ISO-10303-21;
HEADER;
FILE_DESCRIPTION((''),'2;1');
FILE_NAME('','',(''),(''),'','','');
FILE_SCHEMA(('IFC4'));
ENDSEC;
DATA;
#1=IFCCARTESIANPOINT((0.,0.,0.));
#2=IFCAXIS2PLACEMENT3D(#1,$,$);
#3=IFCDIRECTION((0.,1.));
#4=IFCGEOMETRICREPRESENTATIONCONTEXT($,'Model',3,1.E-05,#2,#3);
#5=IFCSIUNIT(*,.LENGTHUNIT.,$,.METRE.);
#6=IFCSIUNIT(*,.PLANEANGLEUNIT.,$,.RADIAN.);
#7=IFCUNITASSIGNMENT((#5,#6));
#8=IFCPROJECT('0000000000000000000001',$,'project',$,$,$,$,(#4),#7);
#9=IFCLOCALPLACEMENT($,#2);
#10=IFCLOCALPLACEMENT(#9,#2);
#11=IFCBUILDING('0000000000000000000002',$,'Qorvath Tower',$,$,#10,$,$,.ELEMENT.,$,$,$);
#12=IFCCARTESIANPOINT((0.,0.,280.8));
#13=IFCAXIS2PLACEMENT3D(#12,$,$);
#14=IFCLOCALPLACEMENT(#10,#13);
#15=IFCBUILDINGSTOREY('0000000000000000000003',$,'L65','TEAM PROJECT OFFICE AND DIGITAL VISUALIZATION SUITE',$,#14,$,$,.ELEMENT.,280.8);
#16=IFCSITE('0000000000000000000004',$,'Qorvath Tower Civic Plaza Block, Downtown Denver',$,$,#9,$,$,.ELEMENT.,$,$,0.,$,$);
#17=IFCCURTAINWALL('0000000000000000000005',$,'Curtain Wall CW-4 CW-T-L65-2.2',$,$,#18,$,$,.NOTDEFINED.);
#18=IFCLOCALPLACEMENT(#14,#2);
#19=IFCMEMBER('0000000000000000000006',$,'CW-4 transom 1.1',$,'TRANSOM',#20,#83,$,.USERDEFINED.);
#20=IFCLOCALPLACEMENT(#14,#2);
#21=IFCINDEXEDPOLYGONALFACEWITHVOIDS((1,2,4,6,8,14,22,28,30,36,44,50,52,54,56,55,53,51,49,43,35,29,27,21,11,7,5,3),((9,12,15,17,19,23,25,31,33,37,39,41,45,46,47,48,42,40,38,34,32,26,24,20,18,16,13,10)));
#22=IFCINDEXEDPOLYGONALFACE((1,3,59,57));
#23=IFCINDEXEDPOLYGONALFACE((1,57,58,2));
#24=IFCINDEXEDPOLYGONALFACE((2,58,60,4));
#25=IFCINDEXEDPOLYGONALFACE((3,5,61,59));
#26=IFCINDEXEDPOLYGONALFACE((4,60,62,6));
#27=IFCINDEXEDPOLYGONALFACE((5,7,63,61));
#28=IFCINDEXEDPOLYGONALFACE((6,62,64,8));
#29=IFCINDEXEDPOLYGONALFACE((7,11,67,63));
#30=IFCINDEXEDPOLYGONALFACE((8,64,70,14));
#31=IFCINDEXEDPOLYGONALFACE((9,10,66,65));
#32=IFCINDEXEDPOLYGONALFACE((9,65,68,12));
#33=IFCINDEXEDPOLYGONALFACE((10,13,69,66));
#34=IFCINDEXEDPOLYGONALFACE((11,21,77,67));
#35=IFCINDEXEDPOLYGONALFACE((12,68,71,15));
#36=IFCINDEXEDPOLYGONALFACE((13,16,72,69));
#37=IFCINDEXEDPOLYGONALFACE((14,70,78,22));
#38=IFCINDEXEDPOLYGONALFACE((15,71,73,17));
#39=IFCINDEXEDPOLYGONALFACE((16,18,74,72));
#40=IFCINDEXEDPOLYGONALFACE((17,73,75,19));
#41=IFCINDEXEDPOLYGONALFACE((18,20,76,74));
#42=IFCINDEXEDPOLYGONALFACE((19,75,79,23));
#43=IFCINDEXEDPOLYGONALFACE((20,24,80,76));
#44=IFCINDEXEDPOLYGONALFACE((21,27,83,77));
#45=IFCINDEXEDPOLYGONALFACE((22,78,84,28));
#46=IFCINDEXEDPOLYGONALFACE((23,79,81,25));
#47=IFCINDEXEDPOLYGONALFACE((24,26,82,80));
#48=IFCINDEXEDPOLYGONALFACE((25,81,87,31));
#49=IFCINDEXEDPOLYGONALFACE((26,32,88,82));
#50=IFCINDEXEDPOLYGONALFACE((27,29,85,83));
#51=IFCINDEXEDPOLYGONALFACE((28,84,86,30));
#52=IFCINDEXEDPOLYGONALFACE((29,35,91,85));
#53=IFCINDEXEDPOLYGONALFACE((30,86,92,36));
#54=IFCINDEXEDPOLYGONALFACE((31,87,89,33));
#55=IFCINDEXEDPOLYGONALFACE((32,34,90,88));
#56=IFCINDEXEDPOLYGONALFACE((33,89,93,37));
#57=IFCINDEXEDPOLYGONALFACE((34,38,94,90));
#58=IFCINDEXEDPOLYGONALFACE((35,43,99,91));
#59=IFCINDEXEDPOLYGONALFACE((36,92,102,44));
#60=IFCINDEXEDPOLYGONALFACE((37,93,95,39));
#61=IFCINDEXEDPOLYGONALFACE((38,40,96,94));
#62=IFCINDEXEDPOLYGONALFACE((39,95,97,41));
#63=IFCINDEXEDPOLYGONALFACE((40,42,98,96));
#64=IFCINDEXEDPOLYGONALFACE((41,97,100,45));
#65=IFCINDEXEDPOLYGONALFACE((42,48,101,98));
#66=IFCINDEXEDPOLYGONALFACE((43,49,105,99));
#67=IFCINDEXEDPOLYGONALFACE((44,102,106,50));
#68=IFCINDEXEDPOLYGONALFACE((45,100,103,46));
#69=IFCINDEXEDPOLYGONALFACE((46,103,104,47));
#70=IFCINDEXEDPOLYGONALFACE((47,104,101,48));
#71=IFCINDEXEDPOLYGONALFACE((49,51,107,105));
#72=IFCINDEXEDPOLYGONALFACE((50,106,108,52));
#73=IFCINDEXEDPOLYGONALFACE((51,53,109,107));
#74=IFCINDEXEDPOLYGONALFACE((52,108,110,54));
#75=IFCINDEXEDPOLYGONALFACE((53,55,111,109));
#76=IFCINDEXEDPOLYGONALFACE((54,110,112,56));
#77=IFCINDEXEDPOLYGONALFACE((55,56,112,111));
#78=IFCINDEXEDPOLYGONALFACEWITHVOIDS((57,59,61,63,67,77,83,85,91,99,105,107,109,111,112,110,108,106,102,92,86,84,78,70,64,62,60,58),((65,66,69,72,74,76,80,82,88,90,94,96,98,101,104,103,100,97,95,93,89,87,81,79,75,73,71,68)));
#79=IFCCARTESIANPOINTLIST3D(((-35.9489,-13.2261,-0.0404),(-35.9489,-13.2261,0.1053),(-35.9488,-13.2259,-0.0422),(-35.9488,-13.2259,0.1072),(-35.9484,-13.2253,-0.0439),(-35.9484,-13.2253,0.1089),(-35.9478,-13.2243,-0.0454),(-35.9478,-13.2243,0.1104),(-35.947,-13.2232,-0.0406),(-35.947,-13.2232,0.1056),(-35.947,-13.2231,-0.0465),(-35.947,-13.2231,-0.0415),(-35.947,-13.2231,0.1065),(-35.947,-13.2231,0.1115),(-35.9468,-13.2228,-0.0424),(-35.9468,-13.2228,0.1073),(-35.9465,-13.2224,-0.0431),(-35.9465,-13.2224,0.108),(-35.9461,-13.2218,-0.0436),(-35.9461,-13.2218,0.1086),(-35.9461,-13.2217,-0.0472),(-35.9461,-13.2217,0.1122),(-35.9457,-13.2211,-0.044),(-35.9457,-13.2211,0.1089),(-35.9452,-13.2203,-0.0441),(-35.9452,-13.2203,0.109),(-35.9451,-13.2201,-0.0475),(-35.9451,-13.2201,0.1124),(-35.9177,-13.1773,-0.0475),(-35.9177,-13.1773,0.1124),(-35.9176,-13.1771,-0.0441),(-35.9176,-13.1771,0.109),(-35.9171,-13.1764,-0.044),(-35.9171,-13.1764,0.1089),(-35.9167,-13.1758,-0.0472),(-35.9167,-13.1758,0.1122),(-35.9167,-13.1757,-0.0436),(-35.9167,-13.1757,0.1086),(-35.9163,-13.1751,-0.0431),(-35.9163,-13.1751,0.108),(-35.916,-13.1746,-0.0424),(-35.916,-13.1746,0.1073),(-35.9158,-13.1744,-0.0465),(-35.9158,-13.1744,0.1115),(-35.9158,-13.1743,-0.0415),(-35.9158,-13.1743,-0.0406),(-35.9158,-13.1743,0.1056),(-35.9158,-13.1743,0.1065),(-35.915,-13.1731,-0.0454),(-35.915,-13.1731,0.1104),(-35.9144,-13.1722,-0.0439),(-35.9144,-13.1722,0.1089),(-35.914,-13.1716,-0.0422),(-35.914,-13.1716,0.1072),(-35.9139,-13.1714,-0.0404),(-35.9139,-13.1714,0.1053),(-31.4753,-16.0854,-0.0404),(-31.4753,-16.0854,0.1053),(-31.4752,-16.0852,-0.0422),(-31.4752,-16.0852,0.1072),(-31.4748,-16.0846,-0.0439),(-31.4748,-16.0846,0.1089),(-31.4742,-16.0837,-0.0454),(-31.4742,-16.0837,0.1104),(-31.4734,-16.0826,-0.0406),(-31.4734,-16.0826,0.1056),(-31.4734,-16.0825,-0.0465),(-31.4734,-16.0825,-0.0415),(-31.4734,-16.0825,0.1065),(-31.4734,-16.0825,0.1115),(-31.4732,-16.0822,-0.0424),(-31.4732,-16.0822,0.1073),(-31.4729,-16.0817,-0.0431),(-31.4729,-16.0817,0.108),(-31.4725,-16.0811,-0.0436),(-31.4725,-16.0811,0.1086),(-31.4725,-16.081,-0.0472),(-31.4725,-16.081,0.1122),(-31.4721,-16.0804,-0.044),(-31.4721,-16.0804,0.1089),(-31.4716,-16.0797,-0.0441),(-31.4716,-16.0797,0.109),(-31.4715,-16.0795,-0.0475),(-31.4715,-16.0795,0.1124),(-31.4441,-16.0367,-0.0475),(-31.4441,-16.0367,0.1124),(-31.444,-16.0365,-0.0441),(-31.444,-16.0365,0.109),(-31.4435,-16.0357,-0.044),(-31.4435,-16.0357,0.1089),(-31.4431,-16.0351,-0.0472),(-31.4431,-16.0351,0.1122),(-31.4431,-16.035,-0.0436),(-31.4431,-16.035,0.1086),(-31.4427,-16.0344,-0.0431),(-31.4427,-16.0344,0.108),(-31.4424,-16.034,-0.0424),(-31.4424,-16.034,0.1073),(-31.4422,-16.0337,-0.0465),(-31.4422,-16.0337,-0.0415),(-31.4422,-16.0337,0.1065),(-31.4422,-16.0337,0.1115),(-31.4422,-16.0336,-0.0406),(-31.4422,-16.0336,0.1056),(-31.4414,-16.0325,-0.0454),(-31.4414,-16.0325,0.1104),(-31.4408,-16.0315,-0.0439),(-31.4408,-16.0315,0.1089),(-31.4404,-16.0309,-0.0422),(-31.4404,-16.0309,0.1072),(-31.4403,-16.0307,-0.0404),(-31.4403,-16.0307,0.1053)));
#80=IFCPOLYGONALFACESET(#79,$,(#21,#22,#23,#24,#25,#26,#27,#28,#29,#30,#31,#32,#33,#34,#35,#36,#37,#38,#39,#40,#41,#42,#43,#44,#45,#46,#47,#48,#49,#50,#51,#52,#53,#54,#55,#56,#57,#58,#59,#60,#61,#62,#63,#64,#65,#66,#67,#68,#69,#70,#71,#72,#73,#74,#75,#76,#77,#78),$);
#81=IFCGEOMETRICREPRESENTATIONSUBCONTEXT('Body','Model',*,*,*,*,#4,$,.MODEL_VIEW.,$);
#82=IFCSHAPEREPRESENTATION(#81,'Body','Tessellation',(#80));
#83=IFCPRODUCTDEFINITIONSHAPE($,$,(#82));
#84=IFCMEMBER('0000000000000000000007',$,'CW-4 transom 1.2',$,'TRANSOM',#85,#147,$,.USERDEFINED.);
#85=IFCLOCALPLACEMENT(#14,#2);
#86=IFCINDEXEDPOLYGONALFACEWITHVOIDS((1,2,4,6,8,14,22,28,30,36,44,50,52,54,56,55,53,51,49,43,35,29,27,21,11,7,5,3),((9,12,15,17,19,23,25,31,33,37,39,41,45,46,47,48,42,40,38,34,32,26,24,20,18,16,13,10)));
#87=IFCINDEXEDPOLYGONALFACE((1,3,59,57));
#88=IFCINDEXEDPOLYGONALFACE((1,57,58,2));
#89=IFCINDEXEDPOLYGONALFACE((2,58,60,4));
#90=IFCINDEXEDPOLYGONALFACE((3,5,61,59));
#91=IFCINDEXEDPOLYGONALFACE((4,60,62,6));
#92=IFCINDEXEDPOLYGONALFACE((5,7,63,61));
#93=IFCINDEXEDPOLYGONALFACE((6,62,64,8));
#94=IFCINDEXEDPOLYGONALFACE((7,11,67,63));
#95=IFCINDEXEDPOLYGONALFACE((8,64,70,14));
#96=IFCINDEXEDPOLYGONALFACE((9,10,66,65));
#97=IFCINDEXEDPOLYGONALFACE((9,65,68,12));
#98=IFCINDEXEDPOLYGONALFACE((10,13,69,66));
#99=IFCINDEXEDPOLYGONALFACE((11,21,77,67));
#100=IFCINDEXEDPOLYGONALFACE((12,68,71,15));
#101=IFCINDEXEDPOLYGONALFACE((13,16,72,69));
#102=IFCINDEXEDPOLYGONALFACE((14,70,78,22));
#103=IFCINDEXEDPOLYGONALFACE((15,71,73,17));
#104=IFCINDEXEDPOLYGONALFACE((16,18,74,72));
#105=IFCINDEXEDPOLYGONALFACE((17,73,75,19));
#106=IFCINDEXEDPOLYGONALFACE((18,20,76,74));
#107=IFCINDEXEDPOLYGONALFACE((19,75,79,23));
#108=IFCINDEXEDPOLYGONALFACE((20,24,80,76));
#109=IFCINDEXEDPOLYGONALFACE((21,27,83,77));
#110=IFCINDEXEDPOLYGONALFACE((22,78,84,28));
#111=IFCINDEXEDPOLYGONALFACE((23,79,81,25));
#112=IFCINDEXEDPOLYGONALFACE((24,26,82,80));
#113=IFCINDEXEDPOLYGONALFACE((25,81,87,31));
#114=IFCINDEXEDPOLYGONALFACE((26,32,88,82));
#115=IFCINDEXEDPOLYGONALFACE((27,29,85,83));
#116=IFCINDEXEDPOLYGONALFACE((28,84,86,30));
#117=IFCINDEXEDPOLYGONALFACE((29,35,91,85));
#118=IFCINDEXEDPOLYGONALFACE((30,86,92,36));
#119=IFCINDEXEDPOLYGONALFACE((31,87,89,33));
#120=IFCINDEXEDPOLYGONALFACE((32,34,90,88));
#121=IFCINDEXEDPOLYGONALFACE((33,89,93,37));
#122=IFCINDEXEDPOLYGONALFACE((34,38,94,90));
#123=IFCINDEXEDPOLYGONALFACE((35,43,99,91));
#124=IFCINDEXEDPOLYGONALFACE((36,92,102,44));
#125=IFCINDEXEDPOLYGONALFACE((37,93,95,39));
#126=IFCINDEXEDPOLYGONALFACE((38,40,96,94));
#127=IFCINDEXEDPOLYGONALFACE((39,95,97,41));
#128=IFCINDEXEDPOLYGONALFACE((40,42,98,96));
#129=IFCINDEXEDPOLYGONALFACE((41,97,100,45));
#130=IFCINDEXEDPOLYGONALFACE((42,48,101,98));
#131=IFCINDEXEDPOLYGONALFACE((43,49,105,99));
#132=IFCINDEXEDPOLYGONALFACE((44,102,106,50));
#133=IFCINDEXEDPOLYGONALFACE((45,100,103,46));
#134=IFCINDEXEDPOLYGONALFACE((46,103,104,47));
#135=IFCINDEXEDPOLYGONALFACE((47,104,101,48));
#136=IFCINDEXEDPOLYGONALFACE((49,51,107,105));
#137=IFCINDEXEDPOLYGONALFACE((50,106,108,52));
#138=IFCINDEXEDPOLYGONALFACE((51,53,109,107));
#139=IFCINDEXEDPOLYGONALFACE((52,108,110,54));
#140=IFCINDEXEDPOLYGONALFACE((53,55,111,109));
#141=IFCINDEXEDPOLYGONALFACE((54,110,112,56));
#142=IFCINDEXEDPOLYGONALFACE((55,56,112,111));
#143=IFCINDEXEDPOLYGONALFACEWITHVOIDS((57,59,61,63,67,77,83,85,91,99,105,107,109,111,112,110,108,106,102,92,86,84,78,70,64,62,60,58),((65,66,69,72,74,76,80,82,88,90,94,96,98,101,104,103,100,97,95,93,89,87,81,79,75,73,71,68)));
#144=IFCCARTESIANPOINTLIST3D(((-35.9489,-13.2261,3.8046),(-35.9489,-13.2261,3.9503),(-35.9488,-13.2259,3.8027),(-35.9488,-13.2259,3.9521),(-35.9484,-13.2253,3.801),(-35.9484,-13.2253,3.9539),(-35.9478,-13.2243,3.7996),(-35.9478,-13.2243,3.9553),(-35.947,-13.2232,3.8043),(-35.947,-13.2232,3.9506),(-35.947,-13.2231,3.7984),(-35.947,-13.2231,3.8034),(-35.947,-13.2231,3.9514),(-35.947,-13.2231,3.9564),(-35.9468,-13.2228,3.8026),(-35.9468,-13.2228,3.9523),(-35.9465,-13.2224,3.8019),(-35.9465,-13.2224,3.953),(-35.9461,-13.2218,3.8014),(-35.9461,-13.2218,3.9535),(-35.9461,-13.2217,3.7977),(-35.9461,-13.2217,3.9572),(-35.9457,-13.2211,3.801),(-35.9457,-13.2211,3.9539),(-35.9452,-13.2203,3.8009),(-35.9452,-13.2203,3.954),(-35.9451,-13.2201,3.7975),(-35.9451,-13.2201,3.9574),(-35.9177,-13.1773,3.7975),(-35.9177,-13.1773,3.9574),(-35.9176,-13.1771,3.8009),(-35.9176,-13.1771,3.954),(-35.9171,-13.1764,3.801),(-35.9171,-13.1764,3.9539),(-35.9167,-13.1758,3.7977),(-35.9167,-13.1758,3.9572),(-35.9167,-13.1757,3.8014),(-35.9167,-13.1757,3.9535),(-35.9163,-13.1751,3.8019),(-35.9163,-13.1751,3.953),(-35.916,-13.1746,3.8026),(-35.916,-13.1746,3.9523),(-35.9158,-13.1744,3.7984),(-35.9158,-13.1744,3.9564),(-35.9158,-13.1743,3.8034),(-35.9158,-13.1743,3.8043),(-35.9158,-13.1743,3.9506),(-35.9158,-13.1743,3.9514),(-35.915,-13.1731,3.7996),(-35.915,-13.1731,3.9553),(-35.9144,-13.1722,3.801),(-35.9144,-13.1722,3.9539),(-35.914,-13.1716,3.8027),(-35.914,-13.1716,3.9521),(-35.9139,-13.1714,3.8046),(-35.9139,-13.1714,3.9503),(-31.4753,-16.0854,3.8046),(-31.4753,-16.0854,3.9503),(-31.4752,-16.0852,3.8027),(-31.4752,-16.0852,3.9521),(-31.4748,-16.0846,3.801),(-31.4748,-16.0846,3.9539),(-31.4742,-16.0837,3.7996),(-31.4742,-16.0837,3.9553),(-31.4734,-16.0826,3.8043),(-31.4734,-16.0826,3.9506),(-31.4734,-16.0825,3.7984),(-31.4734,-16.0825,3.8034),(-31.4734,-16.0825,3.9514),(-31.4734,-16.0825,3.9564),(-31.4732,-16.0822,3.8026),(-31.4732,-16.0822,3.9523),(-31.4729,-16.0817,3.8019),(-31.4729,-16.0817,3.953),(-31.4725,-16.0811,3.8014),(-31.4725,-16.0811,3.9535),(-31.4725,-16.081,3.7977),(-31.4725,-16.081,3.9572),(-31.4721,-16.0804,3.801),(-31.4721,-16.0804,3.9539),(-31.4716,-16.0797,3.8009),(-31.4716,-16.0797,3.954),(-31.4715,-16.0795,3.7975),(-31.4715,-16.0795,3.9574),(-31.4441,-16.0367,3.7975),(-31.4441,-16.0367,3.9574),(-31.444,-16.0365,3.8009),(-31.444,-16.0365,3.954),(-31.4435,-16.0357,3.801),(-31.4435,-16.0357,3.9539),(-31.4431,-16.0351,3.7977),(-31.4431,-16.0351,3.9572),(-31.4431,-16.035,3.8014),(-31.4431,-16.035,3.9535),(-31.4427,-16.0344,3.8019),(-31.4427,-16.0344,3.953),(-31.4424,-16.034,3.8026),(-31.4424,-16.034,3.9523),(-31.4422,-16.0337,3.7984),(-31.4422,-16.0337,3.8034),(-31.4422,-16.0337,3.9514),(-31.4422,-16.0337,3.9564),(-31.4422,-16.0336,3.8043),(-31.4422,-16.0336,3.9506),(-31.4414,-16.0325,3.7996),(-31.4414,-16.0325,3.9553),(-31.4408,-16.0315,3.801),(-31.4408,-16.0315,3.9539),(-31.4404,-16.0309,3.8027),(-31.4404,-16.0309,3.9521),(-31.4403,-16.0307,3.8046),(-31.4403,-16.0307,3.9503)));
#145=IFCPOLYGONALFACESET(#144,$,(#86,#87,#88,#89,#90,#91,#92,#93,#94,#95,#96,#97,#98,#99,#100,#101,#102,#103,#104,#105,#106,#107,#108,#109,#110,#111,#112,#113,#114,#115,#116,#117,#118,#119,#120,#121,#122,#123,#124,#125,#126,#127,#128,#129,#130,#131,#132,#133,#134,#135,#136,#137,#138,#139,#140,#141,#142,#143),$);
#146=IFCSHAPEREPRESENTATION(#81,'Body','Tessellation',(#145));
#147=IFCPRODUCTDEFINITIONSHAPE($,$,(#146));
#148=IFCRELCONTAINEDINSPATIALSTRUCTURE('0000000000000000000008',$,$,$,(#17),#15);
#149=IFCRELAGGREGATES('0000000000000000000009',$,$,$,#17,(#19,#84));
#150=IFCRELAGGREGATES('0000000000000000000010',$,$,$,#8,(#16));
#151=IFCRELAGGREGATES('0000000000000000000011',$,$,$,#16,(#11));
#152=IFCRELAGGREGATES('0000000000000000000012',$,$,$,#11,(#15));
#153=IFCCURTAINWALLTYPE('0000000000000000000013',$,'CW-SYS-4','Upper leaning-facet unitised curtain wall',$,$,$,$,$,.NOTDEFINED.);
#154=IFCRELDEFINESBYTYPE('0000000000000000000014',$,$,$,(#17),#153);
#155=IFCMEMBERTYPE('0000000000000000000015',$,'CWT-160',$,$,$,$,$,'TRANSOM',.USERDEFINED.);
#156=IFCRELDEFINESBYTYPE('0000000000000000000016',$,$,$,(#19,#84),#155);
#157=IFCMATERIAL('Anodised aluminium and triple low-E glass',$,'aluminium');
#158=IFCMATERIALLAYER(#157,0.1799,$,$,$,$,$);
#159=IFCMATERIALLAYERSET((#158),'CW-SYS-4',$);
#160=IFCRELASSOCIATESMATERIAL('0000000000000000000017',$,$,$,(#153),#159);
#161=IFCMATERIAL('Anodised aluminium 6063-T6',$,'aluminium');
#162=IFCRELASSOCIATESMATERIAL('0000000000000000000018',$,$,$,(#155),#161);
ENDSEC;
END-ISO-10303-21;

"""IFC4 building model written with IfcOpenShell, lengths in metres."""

from ifc_helpers import new_model, si_unit, direction, frame, origin, origin_2d, place, context, subcontext, project, spatial, hollow_rectangle, extrude, material, layer, layer_set, material_profile, profile_set, type_object, element, aggregate, save


model = new_model("IFC4")

# Units and contexts
model_context = context("Model", 3, precision=1e-05, world=origin(), true_north=direction((0.0, 1.0)))
body_context = subcontext(model_context, "Body", "Model", "MODEL_VIEW")
ifc_project = project(units=[si_unit("LENGTHUNIT", "METRE"), si_unit("PLANEANGLEUNIT", "RADIAN")], contexts=[model_context])

# Site, building, storey
site_placement = place(None, origin())
site = spatial("IfcSite", under=ifc_project, at=site_placement, Name="Qorvath Tower Civic Plaza Block, Downtown Denver", CompositionType="ELEMENT", RefElevation=0.0)
building_placement = place(site_placement, origin())
building = spatial("IfcBuilding", under=site, at=building_placement, Name="Qorvath Tower", CompositionType="ELEMENT")
storey_placement = place(building_placement, frame((0.0, 0.0, 280.8)))
storey = spatial("IfcBuildingStorey", under=building, at=storey_placement, Name="L65", Description="TEAM PROJECT OFFICE AND DIGITAL VISUALIZATION SUITE", CompositionType="ELEMENT", Elevation=280.8)

# Curtain wall, members
ifc_material_1 = material(Name="Anodised aluminium and triple low-E glass", Category="aluminium")
ifc_layer_1 = layer(ifc_material_1, 0.1799)
ifc_layer_set_1 = layer_set([ifc_layer_1], Name="CW-SYS-4")
curtain_wall_type = type_object("IfcCurtainWallType", Name="CW-SYS-4", Description="Upper leaning-facet unitised curtain wall", PredefinedType="NOTDEFINED", material=ifc_layer_set_1)
curtain_wall_placement = place(storey_placement, origin())
curtain_wall = element("IfcCurtainWall", 1, at=curtain_wall_placement, inside=storey, type_object=curtain_wall_type, Name="Curtain Wall CW-4 CW-T-L65-2.2", PredefinedType="NOTDEFINED")
ifc_material_2 = material(Name="Anodised aluminium 6063-T6", Category="aluminium")
ifc_material_profile_1 = material_profile(ifc_material_2, hollow_rectangle(XDim=0.0649, YDim=0.1599, WallThickness=0.0034, InnerFilletRadius=0.0034, OuterFilletRadius=0.0071, at=origin_2d()), Name="CWT 160x65")
ifc_profile_set_1 = profile_set([ifc_material_profile_1], Name="Anodised aluminium 6063-T6")
member_type_1 = type_object("IfcMemberType", Name="CWT-160", ElementType="TRANSOM", PredefinedType="USERDEFINED", material=ifc_profile_set_1)
member_1_placement = place(storey_placement, frame((-35.9314, -13.1987, 0.0325), z_axis=(0.842592, -0.538553, 0.0), x_axis=(0.538553, 0.842592, 0.0)))
member_1 = element("IfcMember", 2, at=member_1_placement, type_object=member_type_1, Name="CW-4 transom 1.1", ObjectType="TRANSOM", PredefinedType="USERDEFINED", context=body_context, shape_type="SweptSolid", body=[
    extrude(hollow_rectangle(XDim=0.0649, YDim=0.1599, WallThickness=0.0034, InnerFilletRadius=0.0034, OuterFilletRadius=0.0071, at=origin_2d()), origin(), (0.0, 0.0, 1.0), 5.3093),
])
member_2_placement = place(storey_placement, frame((-35.9314, -13.1987, 3.8774), z_axis=(0.842592, -0.538553, 0.0), x_axis=(0.538553, 0.842592, 0.0)))
member_2 = element("IfcMember", 3, at=member_2_placement, type_object=member_type_1, Name="CW-4 transom 1.2", ObjectType="TRANSOM", PredefinedType="USERDEFINED", context=body_context, shape_type="SweptSolid", body=[
    extrude(hollow_rectangle(XDim=0.0649, YDim=0.1599, WallThickness=0.0034, InnerFilletRadius=0.0034, OuterFilletRadius=0.0071, at=origin_2d()), origin(), (0.0, 0.0, 1.0), 5.3093),
])
aggregate(curtain_wall, [member_1, member_2])

save(model, "model.ifc")
